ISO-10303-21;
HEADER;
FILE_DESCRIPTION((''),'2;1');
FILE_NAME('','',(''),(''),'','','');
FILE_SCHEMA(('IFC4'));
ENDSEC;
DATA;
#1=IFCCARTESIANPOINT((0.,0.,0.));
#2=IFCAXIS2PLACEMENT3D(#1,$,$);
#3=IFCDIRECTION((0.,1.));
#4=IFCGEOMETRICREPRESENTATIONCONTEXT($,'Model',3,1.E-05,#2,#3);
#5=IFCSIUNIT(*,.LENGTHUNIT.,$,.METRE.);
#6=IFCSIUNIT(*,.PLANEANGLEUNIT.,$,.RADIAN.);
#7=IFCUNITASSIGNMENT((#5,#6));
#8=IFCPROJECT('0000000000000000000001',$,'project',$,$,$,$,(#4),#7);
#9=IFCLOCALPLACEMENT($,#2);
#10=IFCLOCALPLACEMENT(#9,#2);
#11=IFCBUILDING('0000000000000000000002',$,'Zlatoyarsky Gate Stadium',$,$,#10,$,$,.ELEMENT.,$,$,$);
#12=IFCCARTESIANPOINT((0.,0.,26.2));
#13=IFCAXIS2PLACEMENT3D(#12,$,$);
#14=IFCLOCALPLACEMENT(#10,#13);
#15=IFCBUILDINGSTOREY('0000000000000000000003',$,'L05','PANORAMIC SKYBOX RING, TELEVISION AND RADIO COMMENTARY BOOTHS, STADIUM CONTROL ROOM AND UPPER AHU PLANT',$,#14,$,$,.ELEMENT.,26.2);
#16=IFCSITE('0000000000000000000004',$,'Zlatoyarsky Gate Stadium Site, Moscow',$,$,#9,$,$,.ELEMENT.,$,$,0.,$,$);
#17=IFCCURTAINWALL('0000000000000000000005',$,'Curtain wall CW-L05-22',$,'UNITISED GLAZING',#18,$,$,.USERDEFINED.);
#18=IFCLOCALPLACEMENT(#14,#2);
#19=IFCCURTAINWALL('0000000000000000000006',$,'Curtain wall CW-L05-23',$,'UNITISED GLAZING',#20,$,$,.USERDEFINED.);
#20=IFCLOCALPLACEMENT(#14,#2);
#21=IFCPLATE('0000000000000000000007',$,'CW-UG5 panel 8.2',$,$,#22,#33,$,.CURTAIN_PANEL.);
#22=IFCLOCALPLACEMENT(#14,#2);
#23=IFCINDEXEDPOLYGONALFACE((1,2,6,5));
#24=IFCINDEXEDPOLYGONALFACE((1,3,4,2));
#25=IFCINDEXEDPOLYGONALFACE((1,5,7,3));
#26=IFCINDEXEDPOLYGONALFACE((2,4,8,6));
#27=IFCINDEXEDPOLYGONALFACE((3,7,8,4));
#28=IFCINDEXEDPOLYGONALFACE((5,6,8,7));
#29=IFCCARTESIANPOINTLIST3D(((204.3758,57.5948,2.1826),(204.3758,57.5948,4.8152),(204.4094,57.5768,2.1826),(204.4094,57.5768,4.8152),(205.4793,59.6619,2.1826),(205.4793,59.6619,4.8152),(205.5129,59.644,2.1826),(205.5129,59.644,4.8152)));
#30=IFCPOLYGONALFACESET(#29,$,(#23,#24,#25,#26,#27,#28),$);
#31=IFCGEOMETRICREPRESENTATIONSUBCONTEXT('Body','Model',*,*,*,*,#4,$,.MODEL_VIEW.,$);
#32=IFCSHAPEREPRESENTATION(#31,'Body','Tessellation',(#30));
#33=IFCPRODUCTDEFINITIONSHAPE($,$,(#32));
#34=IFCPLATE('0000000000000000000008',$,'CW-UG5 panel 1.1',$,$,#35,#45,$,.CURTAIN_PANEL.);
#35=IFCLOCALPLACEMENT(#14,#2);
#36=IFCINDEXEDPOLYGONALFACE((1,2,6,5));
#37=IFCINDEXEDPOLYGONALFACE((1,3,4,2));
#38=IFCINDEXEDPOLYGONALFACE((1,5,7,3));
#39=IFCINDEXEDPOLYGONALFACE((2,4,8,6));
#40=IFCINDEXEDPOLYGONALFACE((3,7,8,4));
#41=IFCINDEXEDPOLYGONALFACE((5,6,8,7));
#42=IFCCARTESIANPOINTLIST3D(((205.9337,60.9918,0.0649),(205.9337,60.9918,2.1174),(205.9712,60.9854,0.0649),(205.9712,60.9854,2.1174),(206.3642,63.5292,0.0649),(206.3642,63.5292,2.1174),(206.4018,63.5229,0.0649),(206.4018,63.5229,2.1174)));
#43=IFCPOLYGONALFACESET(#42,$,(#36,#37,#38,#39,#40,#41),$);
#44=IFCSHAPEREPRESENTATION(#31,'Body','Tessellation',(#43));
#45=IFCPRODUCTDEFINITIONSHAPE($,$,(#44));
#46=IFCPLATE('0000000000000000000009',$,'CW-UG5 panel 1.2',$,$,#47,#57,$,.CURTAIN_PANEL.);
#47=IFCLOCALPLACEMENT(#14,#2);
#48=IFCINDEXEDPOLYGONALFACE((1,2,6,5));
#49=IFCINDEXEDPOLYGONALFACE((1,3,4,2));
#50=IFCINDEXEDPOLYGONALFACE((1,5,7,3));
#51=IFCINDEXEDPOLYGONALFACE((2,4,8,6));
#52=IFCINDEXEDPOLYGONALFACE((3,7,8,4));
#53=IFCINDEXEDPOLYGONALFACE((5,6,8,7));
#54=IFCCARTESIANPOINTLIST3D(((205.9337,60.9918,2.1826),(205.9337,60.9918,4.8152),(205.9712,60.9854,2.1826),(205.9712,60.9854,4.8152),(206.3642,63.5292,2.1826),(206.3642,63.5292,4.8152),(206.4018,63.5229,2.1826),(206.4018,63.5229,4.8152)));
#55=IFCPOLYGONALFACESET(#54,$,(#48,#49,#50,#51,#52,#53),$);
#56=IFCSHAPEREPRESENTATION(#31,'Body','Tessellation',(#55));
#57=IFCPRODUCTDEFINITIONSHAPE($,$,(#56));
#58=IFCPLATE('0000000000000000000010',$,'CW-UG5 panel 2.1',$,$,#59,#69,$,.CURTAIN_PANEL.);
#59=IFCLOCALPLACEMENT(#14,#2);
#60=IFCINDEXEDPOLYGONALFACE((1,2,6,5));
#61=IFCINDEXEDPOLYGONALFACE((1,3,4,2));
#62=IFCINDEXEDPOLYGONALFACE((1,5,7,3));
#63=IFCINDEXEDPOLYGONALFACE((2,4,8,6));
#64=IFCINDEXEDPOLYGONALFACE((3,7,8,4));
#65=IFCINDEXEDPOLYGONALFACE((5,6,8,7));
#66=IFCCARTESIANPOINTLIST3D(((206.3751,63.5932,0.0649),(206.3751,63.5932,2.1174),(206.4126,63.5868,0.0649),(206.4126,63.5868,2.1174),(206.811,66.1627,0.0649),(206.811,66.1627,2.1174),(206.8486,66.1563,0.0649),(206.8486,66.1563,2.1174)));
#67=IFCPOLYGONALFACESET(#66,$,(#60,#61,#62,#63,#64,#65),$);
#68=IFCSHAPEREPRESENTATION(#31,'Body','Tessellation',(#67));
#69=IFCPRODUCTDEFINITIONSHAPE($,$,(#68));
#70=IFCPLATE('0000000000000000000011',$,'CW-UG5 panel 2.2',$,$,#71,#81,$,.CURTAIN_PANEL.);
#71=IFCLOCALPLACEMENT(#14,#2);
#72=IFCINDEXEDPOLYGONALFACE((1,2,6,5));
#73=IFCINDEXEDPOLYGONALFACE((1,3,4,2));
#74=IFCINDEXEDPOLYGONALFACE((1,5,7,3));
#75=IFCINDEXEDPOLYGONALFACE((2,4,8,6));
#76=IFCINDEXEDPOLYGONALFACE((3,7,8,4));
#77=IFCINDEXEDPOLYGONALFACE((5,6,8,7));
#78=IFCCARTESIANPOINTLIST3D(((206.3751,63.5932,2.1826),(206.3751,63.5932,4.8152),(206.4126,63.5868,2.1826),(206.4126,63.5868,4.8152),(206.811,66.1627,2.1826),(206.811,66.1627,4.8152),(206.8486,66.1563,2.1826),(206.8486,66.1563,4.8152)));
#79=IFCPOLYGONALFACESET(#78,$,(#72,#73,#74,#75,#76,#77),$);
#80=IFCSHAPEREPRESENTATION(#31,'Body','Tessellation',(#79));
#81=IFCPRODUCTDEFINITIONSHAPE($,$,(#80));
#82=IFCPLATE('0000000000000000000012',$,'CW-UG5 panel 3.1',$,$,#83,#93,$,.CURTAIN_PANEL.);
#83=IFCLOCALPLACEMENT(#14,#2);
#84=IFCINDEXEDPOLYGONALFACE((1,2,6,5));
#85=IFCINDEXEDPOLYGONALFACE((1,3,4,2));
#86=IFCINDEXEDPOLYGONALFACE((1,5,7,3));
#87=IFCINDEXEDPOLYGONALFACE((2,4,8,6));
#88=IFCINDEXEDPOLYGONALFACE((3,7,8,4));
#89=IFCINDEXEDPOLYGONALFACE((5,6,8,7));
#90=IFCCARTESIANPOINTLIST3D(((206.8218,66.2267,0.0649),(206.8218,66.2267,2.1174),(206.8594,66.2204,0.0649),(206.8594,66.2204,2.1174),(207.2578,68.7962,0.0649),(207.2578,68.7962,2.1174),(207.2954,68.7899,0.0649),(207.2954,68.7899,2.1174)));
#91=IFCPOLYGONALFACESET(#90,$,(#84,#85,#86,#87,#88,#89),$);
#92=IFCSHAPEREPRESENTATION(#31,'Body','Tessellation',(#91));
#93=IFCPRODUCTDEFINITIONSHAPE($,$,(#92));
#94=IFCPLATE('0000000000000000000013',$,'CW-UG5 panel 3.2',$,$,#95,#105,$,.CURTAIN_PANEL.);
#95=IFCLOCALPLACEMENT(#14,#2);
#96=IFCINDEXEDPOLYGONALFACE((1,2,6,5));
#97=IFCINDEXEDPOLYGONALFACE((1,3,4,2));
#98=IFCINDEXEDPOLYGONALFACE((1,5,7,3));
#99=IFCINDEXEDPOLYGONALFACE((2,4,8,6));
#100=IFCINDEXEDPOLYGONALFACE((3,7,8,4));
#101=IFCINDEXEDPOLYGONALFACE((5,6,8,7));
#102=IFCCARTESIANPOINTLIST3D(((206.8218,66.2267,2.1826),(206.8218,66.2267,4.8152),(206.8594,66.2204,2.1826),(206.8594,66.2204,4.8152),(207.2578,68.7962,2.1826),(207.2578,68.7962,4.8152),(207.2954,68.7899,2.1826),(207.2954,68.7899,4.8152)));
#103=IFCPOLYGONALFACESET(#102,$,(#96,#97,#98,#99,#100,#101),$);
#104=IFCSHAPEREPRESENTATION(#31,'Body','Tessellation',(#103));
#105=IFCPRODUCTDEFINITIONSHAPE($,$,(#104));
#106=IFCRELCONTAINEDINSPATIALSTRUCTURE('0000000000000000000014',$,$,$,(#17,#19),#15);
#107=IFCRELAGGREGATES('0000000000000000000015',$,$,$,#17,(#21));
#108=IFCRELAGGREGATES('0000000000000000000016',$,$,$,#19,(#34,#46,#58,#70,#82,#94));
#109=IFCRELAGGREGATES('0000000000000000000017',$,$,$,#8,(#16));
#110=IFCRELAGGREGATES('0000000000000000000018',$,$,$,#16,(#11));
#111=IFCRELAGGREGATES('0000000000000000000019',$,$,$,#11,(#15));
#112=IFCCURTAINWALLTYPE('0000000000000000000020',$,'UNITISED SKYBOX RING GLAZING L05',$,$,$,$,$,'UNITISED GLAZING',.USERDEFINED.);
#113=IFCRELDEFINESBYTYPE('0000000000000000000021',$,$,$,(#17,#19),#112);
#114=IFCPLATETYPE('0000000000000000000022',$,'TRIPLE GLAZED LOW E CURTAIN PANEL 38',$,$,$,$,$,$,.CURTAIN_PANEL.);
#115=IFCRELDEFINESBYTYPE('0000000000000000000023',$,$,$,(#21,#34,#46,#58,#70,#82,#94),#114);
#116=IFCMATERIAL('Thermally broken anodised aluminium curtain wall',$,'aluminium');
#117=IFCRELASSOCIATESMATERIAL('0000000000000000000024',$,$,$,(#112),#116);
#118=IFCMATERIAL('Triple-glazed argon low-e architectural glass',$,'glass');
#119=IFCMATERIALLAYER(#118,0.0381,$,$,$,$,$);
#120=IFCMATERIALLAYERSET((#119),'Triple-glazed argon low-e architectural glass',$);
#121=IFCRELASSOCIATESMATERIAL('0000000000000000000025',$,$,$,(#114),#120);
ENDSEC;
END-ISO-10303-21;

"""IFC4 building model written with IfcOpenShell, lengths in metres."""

from ifc_helpers import new_model, si_unit, direction, frame, origin, origin_2d, place, context, subcontext, project, spatial, rectangle, extrude, material, layer, layer_set, type_object, element, aggregate, save


model = new_model("IFC4")

# Units and contexts
model_context = context("Model", 3, precision=1e-05, world=origin(), true_north=direction((0.0, 1.0)))
body_context = subcontext(model_context, "Body", "Model", "MODEL_VIEW")
ifc_project = project(units=[si_unit("LENGTHUNIT", "METRE"), si_unit("PLANEANGLEUNIT", "RADIAN")], contexts=[model_context])

# Site, building, storey
site_placement = place(None, origin())
site = spatial("IfcSite", under=ifc_project, at=site_placement, Name="Zlatoyarsky Gate Stadium Site, Moscow", CompositionType="ELEMENT", RefElevation=0.0)
building_placement = place(site_placement, origin())
building = spatial("IfcBuilding", under=site, at=building_placement, Name="Zlatoyarsky Gate Stadium", CompositionType="ELEMENT")
storey_placement = place(building_placement, frame((0.0, 0.0, 26.2)))
storey = spatial("IfcBuildingStorey", under=building, at=storey_placement, Name="L05", Description="PANORAMIC SKYBOX RING, TELEVISION AND RADIO COMMENTARY BOOTHS, STADIUM CONTROL ROOM AND UPPER AHU PLANT", CompositionType="ELEMENT", Elevation=26.2)

# Curtain wall
ifc_material_1 = material(Name="Thermally broken anodised aluminium curtain wall", Category="aluminium")
curtain_wall_type = type_object("IfcCurtainWallType", Name="UNITISED SKYBOX RING GLAZING L05", ElementType="UNITISED GLAZING", PredefinedType="USERDEFINED", material=ifc_material_1)
curtain_wall_1_placement = place(storey_placement, origin())
curtain_wall_1 = element("IfcCurtainWall", 1, at=curtain_wall_1_placement, inside=storey, type_object=curtain_wall_type, Name="Curtain wall CW-L05-22", ObjectType="UNITISED GLAZING", PredefinedType="USERDEFINED")

# Curtain wall
curtain_wall_2_placement = place(storey_placement, origin())
curtain_wall_2 = element("IfcCurtainWall", 2, at=curtain_wall_2_placement, inside=storey, type_object=curtain_wall_type, Name="Curtain wall CW-L05-23", ObjectType="UNITISED GLAZING", PredefinedType="USERDEFINED")

# Plates
ifc_material_2 = material(Name="Triple-glazed argon low-e architectural glass", Category="glass")
ifc_layer_1 = layer(ifc_material_2, 0.0381)
ifc_layer_set_1 = layer_set([ifc_layer_1], Name="Triple-glazed argon low-e architectural glass")
plate_type_1 = type_object("IfcPlateType", Name="TRIPLE GLAZED LOW E CURTAIN PANEL 38", PredefinedType="CURTAIN_PANEL", material=ifc_layer_set_1)
plate_1_placement = place(storey_placement, frame((204.9443, 58.6194, 2.1826), z_axis=(0.0, 0.0, 1.0), x_axis=(0.470935, 0.882168, 0.0)))
plate_1 = element("IfcPlate", 3, at=plate_1_placement, type_object=plate_type_1, Name="CW-UG5 panel 8.2", PredefinedType="CURTAIN_PANEL", context=body_context, shape_type="SweptSolid", body=[
    extrude(rectangle(XDim=2.3433, YDim=0.0381, at=origin_2d()), origin(), (0.0, 0.0, 1.0), 2.6326),
])
aggregate(curtain_wall_1, [plate_1])
plate_2_placement = place(storey_placement, frame((206.1677, 62.2573, 0.0649), z_axis=(0.0, 0.0, 1.0), x_axis=(0.167284, 0.985909, 0.0)))
plate_2 = element("IfcPlate", 4, at=plate_2_placement, type_object=plate_type_1, Name="CW-UG5 panel 1.1", PredefinedType="CURTAIN_PANEL", context=body_context, shape_type="SweptSolid", body=[
    extrude(rectangle(XDim=2.5737, YDim=0.0381, at=origin_2d()), origin(), (0.0, 0.0, 1.0), 2.0525),
])
plate_3_placement = place(storey_placement, frame((206.1677, 62.2573, 2.1826), z_axis=(0.0, 0.0, 1.0), x_axis=(0.167284, 0.985909, 0.0)))
plate_3 = element("IfcPlate", 5, at=plate_3_placement, type_object=plate_type_1, Name="CW-UG5 panel 1.2", PredefinedType="CURTAIN_PANEL", context=body_context, shape_type="SweptSolid", body=[
    extrude(rectangle(XDim=2.5737, YDim=0.0381, at=origin_2d()), origin(), (0.0, 0.0, 1.0), 2.6326),
])
plate_4_placement = place(storey_placement, frame((206.6118, 64.8748, 0.0649), z_axis=(0.0, 0.0, 1.0), x_axis=(0.167284, 0.985909, 0.0)))
plate_4 = element("IfcPlate", 6, at=plate_4_placement, type_object=plate_type_1, Name="CW-UG5 panel 2.1", PredefinedType="CURTAIN_PANEL", context=body_context, shape_type="SweptSolid", body=[
    extrude(rectangle(XDim=2.6062, YDim=0.0381, at=origin_2d()), origin(), (0.0, 0.0, 1.0), 2.0525),
])
plate_5_placement = place(storey_placement, frame((206.6118, 64.8748, 2.1826), z_axis=(0.0, 0.0, 1.0), x_axis=(0.167284, 0.985909, 0.0)))
plate_5 = element("IfcPlate", 7, at=plate_5_placement, type_object=plate_type_1, Name="CW-UG5 panel 2.2", PredefinedType="CURTAIN_PANEL", context=body_context, shape_type="SweptSolid", body=[
    extrude(rectangle(XDim=2.6062, YDim=0.0381, at=origin_2d()), origin(), (0.0, 0.0, 1.0), 2.6326),
])
plate_6_placement = place(storey_placement, frame((207.0586, 67.5083, 0.0649), z_axis=(0.0, 0.0, 1.0), x_axis=(0.167284, 0.985909, 0.0)))
plate_6 = element("IfcPlate", 8, at=plate_6_placement, type_object=plate_type_1, Name="CW-UG5 panel 3.1", PredefinedType="CURTAIN_PANEL", context=body_context, shape_type="SweptSolid", body=[
    extrude(rectangle(XDim=2.6062, YDim=0.0381, at=origin_2d()), origin(), (0.0, 0.0, 1.0), 2.0525),
])
plate_7_placement = place(storey_placement, frame((207.0586, 67.5083, 2.1826), z_axis=(0.0, 0.0, 1.0), x_axis=(0.167284, 0.985909, 0.0)))
plate_7 = element("IfcPlate", 9, at=plate_7_placement, type_object=plate_type_1, Name="CW-UG5 panel 3.2", PredefinedType="CURTAIN_PANEL", context=body_context, shape_type="SweptSolid", body=[
    extrude(rectangle(XDim=2.6062, YDim=0.0381, at=origin_2d()), origin(), (0.0, 0.0, 1.0), 2.6326),
])
aggregate(curtain_wall_2, [plate_2, plate_3, plate_4, plate_5, plate_6, plate_7])

save(model, "model.ifc")
